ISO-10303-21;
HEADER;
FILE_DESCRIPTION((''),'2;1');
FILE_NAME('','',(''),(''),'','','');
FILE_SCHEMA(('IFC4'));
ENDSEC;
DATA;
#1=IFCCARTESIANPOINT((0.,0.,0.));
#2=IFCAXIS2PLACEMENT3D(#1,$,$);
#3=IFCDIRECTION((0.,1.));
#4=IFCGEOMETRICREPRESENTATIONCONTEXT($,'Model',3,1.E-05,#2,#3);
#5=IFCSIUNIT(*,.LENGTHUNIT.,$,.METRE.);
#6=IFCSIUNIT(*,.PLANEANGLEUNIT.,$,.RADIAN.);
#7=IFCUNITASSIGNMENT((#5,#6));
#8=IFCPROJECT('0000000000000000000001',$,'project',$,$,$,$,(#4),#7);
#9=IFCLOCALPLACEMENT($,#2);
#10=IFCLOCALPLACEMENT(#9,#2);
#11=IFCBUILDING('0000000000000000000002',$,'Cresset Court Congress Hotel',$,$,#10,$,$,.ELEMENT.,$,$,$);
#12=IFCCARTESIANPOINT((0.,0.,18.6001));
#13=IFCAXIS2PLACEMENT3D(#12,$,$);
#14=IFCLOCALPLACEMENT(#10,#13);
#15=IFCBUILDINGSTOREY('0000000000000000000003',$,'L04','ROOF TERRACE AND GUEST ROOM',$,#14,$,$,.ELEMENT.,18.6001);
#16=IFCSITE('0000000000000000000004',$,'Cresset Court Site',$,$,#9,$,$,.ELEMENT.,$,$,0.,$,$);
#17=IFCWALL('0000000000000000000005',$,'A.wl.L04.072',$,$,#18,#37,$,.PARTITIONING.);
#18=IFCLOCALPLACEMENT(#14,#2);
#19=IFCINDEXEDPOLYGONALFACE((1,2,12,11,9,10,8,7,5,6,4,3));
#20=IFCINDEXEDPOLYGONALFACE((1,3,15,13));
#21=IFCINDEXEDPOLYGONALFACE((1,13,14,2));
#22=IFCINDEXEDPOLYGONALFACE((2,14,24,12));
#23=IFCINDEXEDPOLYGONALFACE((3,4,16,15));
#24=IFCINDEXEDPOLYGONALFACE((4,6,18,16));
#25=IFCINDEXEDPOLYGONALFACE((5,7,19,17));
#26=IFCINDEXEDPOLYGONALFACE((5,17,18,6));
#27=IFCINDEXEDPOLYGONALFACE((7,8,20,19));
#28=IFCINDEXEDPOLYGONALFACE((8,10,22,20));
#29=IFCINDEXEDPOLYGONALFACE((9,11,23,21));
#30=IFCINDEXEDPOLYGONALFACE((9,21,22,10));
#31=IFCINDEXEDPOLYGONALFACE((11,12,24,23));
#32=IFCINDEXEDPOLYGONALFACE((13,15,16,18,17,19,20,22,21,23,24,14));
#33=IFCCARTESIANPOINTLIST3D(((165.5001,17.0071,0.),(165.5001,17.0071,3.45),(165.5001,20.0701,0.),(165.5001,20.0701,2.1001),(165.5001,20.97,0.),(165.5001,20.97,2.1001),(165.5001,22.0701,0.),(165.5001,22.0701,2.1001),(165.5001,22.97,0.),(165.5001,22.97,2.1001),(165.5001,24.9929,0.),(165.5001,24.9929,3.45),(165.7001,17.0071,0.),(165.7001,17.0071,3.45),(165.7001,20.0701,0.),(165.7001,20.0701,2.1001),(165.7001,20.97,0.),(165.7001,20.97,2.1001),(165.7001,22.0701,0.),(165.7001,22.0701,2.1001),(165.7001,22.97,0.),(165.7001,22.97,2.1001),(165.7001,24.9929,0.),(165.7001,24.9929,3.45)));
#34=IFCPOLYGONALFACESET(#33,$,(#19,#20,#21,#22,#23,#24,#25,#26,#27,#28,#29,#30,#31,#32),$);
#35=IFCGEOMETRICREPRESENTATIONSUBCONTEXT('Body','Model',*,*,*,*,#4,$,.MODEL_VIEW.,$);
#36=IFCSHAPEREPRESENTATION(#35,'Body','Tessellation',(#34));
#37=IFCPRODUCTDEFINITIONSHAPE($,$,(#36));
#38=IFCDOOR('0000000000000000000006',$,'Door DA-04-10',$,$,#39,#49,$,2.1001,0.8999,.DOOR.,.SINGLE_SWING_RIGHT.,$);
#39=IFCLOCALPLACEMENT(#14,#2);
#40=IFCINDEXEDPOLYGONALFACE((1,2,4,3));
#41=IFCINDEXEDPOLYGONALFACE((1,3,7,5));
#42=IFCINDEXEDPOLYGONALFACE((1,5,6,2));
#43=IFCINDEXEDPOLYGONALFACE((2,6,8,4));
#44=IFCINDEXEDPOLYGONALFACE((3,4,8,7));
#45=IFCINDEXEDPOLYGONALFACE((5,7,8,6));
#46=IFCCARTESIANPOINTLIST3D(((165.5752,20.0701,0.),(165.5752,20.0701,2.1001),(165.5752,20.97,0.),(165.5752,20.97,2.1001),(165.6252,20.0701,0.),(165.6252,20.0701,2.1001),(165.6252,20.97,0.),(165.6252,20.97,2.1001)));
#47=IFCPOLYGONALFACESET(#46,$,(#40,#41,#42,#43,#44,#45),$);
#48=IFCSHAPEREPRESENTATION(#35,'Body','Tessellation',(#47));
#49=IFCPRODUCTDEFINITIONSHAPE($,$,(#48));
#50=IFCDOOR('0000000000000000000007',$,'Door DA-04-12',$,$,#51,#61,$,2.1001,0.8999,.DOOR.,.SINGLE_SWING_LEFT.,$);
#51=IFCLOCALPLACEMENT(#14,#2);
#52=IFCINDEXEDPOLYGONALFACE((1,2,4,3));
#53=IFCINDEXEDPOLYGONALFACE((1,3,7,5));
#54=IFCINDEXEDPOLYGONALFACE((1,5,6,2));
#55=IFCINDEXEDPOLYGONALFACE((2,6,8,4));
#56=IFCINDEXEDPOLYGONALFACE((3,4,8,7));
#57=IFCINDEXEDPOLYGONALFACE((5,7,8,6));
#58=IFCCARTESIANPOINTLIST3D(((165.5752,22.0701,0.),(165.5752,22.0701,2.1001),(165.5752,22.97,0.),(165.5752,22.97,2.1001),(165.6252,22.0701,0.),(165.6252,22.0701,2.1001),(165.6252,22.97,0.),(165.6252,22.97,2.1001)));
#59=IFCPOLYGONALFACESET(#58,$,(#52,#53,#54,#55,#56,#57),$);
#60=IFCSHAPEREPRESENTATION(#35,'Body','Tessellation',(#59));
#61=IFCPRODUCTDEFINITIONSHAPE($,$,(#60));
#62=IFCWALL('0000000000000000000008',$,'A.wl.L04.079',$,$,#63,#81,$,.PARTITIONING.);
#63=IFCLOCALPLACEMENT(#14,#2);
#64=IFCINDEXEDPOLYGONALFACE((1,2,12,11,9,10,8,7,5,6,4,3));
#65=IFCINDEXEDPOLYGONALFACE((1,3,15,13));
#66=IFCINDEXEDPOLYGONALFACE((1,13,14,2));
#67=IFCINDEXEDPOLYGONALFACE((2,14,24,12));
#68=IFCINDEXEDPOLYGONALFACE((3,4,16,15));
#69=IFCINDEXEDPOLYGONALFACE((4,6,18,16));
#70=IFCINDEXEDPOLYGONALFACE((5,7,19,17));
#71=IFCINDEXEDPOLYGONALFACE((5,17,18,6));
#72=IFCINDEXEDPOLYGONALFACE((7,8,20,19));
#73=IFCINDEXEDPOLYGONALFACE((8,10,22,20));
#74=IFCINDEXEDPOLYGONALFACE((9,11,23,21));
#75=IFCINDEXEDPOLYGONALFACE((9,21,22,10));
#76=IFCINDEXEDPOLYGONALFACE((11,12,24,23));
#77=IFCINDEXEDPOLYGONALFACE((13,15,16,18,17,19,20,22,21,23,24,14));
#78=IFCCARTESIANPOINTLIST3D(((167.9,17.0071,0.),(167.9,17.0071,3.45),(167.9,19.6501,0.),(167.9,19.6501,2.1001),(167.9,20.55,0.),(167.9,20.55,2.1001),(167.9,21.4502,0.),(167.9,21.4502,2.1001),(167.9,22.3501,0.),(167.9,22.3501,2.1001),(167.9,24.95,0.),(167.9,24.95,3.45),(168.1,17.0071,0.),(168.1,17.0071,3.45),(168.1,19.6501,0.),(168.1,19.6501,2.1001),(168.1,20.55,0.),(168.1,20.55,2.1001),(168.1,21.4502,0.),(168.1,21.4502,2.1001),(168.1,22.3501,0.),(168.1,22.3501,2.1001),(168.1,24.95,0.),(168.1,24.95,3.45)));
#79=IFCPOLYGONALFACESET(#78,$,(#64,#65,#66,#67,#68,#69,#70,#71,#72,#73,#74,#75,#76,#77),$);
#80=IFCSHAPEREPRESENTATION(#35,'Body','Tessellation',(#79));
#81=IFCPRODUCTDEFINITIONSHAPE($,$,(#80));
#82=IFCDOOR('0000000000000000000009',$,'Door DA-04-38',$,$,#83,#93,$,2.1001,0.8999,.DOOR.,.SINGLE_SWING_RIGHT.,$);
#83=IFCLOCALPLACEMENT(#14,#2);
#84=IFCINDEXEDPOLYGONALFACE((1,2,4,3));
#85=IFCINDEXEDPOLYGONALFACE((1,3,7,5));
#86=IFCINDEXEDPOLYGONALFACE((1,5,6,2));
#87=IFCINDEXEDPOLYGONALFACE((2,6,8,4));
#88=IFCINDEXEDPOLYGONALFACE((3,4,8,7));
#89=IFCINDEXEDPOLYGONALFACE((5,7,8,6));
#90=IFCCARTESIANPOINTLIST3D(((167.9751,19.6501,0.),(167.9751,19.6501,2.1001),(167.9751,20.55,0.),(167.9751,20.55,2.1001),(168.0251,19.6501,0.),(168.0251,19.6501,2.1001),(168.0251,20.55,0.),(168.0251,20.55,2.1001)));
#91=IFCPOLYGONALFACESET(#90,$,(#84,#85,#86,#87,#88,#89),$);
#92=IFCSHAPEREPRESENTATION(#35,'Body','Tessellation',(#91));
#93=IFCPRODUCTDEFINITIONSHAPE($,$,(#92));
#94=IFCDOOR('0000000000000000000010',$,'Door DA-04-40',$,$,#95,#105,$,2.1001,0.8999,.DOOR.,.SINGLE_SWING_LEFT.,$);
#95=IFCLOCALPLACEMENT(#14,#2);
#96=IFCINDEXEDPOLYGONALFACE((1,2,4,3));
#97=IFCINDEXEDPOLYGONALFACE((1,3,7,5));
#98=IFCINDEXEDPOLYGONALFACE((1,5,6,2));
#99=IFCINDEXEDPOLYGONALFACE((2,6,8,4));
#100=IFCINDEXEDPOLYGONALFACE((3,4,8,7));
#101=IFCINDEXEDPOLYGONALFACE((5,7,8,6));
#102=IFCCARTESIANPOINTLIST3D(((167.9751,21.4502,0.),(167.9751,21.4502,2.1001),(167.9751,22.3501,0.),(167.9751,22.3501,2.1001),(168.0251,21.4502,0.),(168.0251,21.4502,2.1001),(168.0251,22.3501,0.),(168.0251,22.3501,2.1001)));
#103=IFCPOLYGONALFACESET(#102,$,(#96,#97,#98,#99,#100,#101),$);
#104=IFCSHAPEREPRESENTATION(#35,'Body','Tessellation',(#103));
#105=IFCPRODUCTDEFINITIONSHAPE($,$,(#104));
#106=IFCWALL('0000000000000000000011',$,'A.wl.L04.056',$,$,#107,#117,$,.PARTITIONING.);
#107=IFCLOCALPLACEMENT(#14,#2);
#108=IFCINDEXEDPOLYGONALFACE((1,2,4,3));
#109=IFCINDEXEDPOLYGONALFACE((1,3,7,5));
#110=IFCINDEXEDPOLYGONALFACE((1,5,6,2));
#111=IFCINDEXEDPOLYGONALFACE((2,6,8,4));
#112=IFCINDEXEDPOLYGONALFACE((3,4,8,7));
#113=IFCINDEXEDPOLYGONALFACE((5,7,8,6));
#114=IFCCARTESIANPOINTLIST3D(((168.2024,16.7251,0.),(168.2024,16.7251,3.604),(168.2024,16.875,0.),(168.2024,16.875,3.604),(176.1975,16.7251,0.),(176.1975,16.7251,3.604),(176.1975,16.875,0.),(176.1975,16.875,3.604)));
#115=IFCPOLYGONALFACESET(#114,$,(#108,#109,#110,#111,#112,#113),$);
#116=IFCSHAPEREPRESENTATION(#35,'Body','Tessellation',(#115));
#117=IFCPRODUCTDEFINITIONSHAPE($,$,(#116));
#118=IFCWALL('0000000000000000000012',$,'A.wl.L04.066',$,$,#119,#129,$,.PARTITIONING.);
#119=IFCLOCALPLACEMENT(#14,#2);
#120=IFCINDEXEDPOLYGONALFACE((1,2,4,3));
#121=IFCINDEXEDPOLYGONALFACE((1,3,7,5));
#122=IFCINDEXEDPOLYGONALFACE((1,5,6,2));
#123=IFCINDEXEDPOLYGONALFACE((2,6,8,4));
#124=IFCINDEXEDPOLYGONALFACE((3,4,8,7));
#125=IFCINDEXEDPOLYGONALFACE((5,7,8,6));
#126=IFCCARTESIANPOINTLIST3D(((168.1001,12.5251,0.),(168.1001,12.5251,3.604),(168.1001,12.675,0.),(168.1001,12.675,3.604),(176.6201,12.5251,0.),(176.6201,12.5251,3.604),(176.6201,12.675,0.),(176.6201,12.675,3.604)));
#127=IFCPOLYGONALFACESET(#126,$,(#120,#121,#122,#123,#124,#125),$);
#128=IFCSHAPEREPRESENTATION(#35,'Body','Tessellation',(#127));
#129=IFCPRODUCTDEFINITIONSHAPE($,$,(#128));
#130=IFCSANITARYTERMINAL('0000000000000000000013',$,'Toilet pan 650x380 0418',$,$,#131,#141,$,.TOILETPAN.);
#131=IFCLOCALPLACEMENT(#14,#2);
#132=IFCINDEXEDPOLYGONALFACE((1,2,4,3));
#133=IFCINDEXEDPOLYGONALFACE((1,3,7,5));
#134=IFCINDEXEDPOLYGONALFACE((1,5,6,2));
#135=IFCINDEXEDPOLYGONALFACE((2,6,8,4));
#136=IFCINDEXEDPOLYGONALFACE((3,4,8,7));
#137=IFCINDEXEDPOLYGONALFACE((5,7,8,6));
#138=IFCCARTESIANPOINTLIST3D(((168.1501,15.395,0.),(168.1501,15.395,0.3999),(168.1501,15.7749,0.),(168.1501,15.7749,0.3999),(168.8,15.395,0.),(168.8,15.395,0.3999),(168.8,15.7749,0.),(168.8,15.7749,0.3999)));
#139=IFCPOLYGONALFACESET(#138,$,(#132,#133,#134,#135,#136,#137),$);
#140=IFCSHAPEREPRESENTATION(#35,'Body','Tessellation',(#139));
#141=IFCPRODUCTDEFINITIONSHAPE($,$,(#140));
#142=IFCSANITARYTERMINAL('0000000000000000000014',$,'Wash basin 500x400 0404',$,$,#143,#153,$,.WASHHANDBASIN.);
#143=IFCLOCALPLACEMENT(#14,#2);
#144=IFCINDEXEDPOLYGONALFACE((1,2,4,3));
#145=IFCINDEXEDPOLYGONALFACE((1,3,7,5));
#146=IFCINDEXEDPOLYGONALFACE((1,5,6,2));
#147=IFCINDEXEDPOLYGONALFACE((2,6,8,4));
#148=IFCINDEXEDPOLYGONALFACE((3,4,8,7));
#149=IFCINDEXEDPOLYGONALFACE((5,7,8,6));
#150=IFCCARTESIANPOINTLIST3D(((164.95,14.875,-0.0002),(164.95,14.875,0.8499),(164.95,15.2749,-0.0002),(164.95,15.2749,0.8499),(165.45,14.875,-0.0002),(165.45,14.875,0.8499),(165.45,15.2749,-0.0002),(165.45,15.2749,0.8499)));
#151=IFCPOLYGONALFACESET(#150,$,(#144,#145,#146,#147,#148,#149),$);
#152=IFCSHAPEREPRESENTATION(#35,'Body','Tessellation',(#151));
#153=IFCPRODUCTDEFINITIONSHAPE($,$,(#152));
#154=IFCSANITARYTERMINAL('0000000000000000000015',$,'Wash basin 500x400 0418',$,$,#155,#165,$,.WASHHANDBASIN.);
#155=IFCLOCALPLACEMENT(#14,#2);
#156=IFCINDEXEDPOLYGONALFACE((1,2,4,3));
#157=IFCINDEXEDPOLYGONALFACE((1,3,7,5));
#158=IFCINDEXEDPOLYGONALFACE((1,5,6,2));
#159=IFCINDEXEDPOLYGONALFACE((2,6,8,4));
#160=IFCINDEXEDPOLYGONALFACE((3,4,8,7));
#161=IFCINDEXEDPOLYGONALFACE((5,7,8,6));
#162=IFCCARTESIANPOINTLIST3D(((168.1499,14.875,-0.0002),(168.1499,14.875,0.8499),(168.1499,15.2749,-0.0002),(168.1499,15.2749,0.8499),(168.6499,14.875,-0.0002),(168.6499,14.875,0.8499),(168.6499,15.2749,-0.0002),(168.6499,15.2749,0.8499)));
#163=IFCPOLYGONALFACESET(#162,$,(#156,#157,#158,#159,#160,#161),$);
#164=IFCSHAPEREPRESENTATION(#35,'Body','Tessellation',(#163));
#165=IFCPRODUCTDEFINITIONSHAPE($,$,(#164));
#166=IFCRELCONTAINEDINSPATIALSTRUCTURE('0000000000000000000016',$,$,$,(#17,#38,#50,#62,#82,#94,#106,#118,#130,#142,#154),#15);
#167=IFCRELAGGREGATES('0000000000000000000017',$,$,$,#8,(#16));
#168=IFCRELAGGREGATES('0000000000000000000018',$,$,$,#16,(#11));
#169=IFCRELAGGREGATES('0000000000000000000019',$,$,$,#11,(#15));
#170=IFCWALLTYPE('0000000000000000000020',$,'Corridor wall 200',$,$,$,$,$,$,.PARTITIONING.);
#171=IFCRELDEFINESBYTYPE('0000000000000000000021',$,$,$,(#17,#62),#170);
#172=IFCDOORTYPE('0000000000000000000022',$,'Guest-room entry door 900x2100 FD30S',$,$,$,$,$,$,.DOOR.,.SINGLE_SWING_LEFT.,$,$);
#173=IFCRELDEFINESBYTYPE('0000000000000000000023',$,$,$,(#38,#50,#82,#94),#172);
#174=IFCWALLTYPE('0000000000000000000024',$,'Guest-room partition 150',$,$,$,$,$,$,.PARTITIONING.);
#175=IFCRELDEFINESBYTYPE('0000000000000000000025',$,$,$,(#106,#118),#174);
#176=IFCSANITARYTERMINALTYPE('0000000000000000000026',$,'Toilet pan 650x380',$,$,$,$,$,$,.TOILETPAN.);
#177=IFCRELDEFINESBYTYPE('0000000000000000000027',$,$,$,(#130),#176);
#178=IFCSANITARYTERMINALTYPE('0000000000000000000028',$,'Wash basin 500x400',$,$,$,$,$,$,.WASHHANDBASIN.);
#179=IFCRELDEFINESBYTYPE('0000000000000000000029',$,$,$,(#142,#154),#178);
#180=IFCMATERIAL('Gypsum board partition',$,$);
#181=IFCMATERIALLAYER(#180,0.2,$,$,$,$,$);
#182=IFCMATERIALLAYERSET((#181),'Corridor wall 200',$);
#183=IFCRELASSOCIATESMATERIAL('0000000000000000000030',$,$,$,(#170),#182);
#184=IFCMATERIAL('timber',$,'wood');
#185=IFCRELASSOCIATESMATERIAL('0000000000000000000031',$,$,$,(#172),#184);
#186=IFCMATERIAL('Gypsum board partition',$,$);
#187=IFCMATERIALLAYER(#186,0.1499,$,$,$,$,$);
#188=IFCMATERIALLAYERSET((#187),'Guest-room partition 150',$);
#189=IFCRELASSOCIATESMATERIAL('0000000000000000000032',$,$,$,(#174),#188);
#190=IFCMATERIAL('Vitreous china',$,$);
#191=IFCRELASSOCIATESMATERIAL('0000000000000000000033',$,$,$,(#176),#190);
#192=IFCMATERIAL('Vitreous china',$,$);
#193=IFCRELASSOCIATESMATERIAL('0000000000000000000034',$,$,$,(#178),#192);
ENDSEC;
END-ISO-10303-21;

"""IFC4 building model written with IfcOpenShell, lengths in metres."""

from ifc_helpers import new_model, si_unit, direction, frame, frame_2d, origin, origin_2d, place, context, subcontext, project, spatial, rectangle, extrude, material, layer, layer_set, type_object, element, fill, save


model = new_model("IFC4")

# Units and contexts
model_context = context("Model", 3, precision=1e-05, world=origin(), true_north=direction((0.0, 1.0)))
body_context = subcontext(model_context, "Body", "Model", "MODEL_VIEW")
ifc_project = project(units=[si_unit("LENGTHUNIT", "METRE"), si_unit("PLANEANGLEUNIT", "RADIAN")], contexts=[model_context])

# Site, building, storey
site_placement = place(None, origin())
site = spatial("IfcSite", under=ifc_project, at=site_placement, Name="Cresset Court Site", CompositionType="ELEMENT", RefElevation=0.0)
building_placement = place(site_placement, origin())
building = spatial("IfcBuilding", under=site, at=building_placement, Name="Cresset Court Congress Hotel", CompositionType="ELEMENT")
storey_placement = place(building_placement, frame((0.0, 0.0, 18.6001)))
storey = spatial("IfcBuildingStorey", under=building, at=storey_placement, Name="L04", Description="ROOF TERRACE AND GUEST ROOM", CompositionType="ELEMENT", Elevation=18.6001)

# Walls, openings, doors
ifc_material_1 = material(Name="Gypsum board partition")
ifc_layer_1 = layer(ifc_material_1, 0.2)
ifc_layer_set_1 = layer_set([ifc_layer_1], Name="Corridor wall 200")
wall_type_1 = type_object("IfcWallType", Name="Corridor wall 200", PredefinedType="PARTITIONING", material=ifc_layer_set_1)
wall_1_placement = place(storey_placement, frame((165.6001, 17.0071, 0.0), z_axis=(0.0, 0.0, 1.0), x_axis=(0.0, 1.0, 0.0)))
wall_1 = element("IfcWall", 1, at=wall_1_placement, inside=storey, type_object=wall_type_1, Name="A.wl.L04.072", PredefinedType="PARTITIONING", context=body_context, shape_type="SweptSolid", body=[
    extrude(rectangle(XDim=7.9858, YDim=0.2, at=frame_2d((3.9929, 0.0))), origin(), (0.0, 0.0, 1.0), 3.45),
])
opening_1_placement = place(wall_1_placement, frame((3.063, 0.0, 0.0)))
opening_1 = element("IfcOpeningElement", 2, at=opening_1_placement, cuts=wall_1, PredefinedType="OPENING", context=body_context, shape_type="SweptSolid", body=[
    extrude(rectangle(XDim=0.8999, YDim=2.1001, at=frame_2d((0.45, 1.05))), frame((0.0, 0.1099, 0.0), z_axis=(0.0, -1.0, 0.0), x_axis=(1.0, 0.0, 0.0)), (0.0, 0.0, 1.0), 0.22),
])
opening_2_placement = place(wall_1_placement, frame((5.063, 0.0, 0.0)))
opening_2 = element("IfcOpeningElement", 3, at=opening_2_placement, cuts=wall_1, PredefinedType="OPENING", context=body_context, shape_type="SweptSolid", body=[
    extrude(rectangle(XDim=0.8999, YDim=2.1001, at=frame_2d((0.45, 1.05))), frame((0.0, 0.1099, 0.0), z_axis=(0.0, -1.0, 0.0), x_axis=(1.0, 0.0, 0.0)), (0.0, 0.0, 1.0), 0.22),
])
ifc_material_2 = material(Name="timber", Category="wood")
door_type = type_object("IfcDoorType", Name="Guest-room entry door 900x2100 FD30S", OperationType="SINGLE_SWING_LEFT", PredefinedType="DOOR", material=ifc_material_2)
door_1_placement = place(opening_1_placement, origin())
door_1 = element("IfcDoor", 4, at=door_1_placement, inside=storey, type_object=door_type, Name="Door DA-04-10", OperationType="SINGLE_SWING_RIGHT", OverallHeight=2.1001, OverallWidth=0.8999, PredefinedType="DOOR", context=body_context, shape_type="SweptSolid", body=[
    extrude(rectangle(XDim=0.8999, YDim=2.1001, at=frame_2d((0.45, 1.05))), frame((0.0, 0.0249, 0.0), z_axis=(0.0, -1.0, 0.0), x_axis=(1.0, 0.0, 0.0)), (0.0, 0.0, 1.0), 0.05),
])
fill(opening_1, door_1)
door_2_placement = place(opening_2_placement, origin())
door_2 = element("IfcDoor", 5, at=door_2_placement, inside=storey, type_object=door_type, Name="Door DA-04-12", OperationType="SINGLE_SWING_LEFT", OverallHeight=2.1001, OverallWidth=0.8999, PredefinedType="DOOR", context=body_context, shape_type="SweptSolid", body=[
    extrude(rectangle(XDim=0.8999, YDim=2.1001, at=frame_2d((0.45, 1.05))), frame((0.0, 0.0249, 0.0), z_axis=(0.0, -1.0, 0.0), x_axis=(1.0, 0.0, 0.0)), (0.0, 0.0, 1.0), 0.05),
])
fill(opening_2, door_2)
wall_2_placement = place(storey_placement, frame((168.0, 17.0071, 0.0), z_axis=(0.0, 0.0, 1.0), x_axis=(0.0, 1.0, 0.0)))
wall_2 = element("IfcWall", 6, at=wall_2_placement, inside=storey, type_object=wall_type_1, Name="A.wl.L04.079", PredefinedType="PARTITIONING", context=body_context, shape_type="SweptSolid", body=[
    extrude(rectangle(XDim=7.9429, YDim=0.2, at=frame_2d((3.9714, 0.0))), origin(), (0.0, 0.0, 1.0), 3.45),
])
opening_3_placement = place(wall_2_placement, frame((2.6431, 0.0, 0.0)))
opening_3 = element("IfcOpeningElement", 7, at=opening_3_placement, cuts=wall_2, PredefinedType="OPENING", context=body_context, shape_type="SweptSolid", body=[
    extrude(rectangle(XDim=0.8999, YDim=2.1001, at=frame_2d((0.45, 1.05))), frame((0.0, 0.1099, 0.0), z_axis=(0.0, -1.0, 0.0), x_axis=(1.0, 0.0, 0.0)), (0.0, 0.0, 1.0), 0.22),
])
opening_4_placement = place(wall_2_placement, frame((4.4431, 0.0, 0.0)))
opening_4 = element("IfcOpeningElement", 8, at=opening_4_placement, cuts=wall_2, PredefinedType="OPENING", context=body_context, shape_type="SweptSolid", body=[
    extrude(rectangle(XDim=0.8999, YDim=2.1001, at=frame_2d((0.45, 1.05))), frame((0.0, 0.1099, 0.0), z_axis=(0.0, -1.0, 0.0), x_axis=(1.0, 0.0, 0.0)), (0.0, 0.0, 1.0), 0.22),
])
door_3_placement = place(opening_3_placement, origin())
door_3 = element("IfcDoor", 9, at=door_3_placement, inside=storey, type_object=door_type, Name="Door DA-04-38", OperationType="SINGLE_SWING_RIGHT", OverallHeight=2.1001, OverallWidth=0.8999, PredefinedType="DOOR", context=body_context, shape_type="SweptSolid", body=[
    extrude(rectangle(XDim=0.8999, YDim=2.1001, at=frame_2d((0.45, 1.05))), frame((0.0, 0.0249, 0.0), z_axis=(0.0, -1.0, 0.0), x_axis=(1.0, 0.0, 0.0)), (0.0, 0.0, 1.0), 0.05),
])
fill(opening_3, door_3)
door_4_placement = place(opening_4_placement, origin())
door_4 = element("IfcDoor", 10, at=door_4_placement, inside=storey, type_object=door_type, Name="Door DA-04-40", OperationType="SINGLE_SWING_LEFT", OverallHeight=2.1001, OverallWidth=0.8999, PredefinedType="DOOR", context=body_context, shape_type="SweptSolid", body=[
    extrude(rectangle(XDim=0.8999, YDim=2.1001, at=frame_2d((0.45, 1.05))), frame((0.0, 0.0249, 0.0), z_axis=(0.0, -1.0, 0.0), x_axis=(1.0, 0.0, 0.0)), (0.0, 0.0, 1.0), 0.05),
])
fill(opening_4, door_4)

# Walls
ifc_material_3 = material(Name="Gypsum board partition")
ifc_layer_2 = layer(ifc_material_3, 0.1499)
ifc_layer_set_2 = layer_set([ifc_layer_2], Name="Guest-room partition 150")
wall_type_2 = type_object("IfcWallType", Name="Guest-room partition 150", PredefinedType="PARTITIONING", material=ifc_layer_set_2)
wall_3_placement = place(storey_placement, frame((168.2024, 16.8, 0.0), z_axis=(0.0, 0.0, 1.0), x_axis=(1.0, 0.0, 0.0)))
element("IfcWall", 11, at=wall_3_placement, inside=storey, type_object=wall_type_2, Name="A.wl.L04.056", PredefinedType="PARTITIONING", context=body_context, shape_type="SweptSolid", body=[
    extrude(rectangle(XDim=7.9951, YDim=0.1499, at=frame_2d((3.9976, 0.0))), origin(), (0.0, 0.0, 1.0), 3.604),
])
wall_4_placement = place(storey_placement, frame((168.1001, 12.6001, 0.0), z_axis=(0.0, 0.0, 1.0), x_axis=(1.0, 0.0, 0.0)))
element("IfcWall", 12, at=wall_4_placement, inside=storey, type_object=wall_type_2, Name="A.wl.L04.066", PredefinedType="PARTITIONING", context=body_context, shape_type="SweptSolid", body=[
    extrude(rectangle(XDim=8.52, YDim=0.1499, at=frame_2d((4.26, 0.0))), origin(), (0.0, 0.0, 1.0), 3.604),
])

# Sanitary terminals
ifc_material_4 = material(Name="Vitreous china")
sanitary_terminal_type_1 = type_object("IfcSanitaryTerminalType", Name="Toilet pan 650x380", PredefinedType="TOILETPAN", material=ifc_material_4)
sanitary_terminal_placement = place(storey_placement, frame((168.4751, 15.585, 0.0), z_axis=(0.0, 0.0, 1.0), x_axis=(1.0, 0.0, 0.0)))
element("IfcSanitaryTerminal", 13, at=sanitary_terminal_placement, inside=storey, type_object=sanitary_terminal_type_1, Name="Toilet pan 650x380 0418", PredefinedType="TOILETPAN", context=body_context, shape_type="SweptSolid", body=[
    extrude(rectangle(XDim=0.6499, YDim=0.3799, at=origin_2d()), origin(), (0.0, 0.0, 1.0), 0.3999),
])
ifc_material_5 = material(Name="Vitreous china")
sanitary_terminal_type_2 = type_object("IfcSanitaryTerminalType", Name="Wash basin 500x400", PredefinedType="WASHHANDBASIN", material=ifc_material_5)
for number, where, z_axis, x_axis, name in (
    (14, (165.2, 15.075, -0.0002), (0.0, 0.0, 1.0), (1.0, 0.0, 0.0), "Wash basin 500x400 0404"),
    (15, (168.3999, 15.075, -0.0002), (0.0, 0.0, 1.0), (1.0, 0.0, 0.0), "Wash basin 500x400 0418"),
):
    element("IfcSanitaryTerminal", number, at=place(storey_placement, frame(where, z_axis=z_axis, x_axis=x_axis)), inside=storey, type_object=sanitary_terminal_type_2, Name=name, PredefinedType="WASHHANDBASIN", context=body_context, shape_type="SweptSolid", body=[
        extrude(rectangle(XDim=0.5, YDim=0.3999, at=origin_2d()), origin(), (0.0, 0.0, 1.0), 0.8501),
    ])

save(model, "model.ifc")
